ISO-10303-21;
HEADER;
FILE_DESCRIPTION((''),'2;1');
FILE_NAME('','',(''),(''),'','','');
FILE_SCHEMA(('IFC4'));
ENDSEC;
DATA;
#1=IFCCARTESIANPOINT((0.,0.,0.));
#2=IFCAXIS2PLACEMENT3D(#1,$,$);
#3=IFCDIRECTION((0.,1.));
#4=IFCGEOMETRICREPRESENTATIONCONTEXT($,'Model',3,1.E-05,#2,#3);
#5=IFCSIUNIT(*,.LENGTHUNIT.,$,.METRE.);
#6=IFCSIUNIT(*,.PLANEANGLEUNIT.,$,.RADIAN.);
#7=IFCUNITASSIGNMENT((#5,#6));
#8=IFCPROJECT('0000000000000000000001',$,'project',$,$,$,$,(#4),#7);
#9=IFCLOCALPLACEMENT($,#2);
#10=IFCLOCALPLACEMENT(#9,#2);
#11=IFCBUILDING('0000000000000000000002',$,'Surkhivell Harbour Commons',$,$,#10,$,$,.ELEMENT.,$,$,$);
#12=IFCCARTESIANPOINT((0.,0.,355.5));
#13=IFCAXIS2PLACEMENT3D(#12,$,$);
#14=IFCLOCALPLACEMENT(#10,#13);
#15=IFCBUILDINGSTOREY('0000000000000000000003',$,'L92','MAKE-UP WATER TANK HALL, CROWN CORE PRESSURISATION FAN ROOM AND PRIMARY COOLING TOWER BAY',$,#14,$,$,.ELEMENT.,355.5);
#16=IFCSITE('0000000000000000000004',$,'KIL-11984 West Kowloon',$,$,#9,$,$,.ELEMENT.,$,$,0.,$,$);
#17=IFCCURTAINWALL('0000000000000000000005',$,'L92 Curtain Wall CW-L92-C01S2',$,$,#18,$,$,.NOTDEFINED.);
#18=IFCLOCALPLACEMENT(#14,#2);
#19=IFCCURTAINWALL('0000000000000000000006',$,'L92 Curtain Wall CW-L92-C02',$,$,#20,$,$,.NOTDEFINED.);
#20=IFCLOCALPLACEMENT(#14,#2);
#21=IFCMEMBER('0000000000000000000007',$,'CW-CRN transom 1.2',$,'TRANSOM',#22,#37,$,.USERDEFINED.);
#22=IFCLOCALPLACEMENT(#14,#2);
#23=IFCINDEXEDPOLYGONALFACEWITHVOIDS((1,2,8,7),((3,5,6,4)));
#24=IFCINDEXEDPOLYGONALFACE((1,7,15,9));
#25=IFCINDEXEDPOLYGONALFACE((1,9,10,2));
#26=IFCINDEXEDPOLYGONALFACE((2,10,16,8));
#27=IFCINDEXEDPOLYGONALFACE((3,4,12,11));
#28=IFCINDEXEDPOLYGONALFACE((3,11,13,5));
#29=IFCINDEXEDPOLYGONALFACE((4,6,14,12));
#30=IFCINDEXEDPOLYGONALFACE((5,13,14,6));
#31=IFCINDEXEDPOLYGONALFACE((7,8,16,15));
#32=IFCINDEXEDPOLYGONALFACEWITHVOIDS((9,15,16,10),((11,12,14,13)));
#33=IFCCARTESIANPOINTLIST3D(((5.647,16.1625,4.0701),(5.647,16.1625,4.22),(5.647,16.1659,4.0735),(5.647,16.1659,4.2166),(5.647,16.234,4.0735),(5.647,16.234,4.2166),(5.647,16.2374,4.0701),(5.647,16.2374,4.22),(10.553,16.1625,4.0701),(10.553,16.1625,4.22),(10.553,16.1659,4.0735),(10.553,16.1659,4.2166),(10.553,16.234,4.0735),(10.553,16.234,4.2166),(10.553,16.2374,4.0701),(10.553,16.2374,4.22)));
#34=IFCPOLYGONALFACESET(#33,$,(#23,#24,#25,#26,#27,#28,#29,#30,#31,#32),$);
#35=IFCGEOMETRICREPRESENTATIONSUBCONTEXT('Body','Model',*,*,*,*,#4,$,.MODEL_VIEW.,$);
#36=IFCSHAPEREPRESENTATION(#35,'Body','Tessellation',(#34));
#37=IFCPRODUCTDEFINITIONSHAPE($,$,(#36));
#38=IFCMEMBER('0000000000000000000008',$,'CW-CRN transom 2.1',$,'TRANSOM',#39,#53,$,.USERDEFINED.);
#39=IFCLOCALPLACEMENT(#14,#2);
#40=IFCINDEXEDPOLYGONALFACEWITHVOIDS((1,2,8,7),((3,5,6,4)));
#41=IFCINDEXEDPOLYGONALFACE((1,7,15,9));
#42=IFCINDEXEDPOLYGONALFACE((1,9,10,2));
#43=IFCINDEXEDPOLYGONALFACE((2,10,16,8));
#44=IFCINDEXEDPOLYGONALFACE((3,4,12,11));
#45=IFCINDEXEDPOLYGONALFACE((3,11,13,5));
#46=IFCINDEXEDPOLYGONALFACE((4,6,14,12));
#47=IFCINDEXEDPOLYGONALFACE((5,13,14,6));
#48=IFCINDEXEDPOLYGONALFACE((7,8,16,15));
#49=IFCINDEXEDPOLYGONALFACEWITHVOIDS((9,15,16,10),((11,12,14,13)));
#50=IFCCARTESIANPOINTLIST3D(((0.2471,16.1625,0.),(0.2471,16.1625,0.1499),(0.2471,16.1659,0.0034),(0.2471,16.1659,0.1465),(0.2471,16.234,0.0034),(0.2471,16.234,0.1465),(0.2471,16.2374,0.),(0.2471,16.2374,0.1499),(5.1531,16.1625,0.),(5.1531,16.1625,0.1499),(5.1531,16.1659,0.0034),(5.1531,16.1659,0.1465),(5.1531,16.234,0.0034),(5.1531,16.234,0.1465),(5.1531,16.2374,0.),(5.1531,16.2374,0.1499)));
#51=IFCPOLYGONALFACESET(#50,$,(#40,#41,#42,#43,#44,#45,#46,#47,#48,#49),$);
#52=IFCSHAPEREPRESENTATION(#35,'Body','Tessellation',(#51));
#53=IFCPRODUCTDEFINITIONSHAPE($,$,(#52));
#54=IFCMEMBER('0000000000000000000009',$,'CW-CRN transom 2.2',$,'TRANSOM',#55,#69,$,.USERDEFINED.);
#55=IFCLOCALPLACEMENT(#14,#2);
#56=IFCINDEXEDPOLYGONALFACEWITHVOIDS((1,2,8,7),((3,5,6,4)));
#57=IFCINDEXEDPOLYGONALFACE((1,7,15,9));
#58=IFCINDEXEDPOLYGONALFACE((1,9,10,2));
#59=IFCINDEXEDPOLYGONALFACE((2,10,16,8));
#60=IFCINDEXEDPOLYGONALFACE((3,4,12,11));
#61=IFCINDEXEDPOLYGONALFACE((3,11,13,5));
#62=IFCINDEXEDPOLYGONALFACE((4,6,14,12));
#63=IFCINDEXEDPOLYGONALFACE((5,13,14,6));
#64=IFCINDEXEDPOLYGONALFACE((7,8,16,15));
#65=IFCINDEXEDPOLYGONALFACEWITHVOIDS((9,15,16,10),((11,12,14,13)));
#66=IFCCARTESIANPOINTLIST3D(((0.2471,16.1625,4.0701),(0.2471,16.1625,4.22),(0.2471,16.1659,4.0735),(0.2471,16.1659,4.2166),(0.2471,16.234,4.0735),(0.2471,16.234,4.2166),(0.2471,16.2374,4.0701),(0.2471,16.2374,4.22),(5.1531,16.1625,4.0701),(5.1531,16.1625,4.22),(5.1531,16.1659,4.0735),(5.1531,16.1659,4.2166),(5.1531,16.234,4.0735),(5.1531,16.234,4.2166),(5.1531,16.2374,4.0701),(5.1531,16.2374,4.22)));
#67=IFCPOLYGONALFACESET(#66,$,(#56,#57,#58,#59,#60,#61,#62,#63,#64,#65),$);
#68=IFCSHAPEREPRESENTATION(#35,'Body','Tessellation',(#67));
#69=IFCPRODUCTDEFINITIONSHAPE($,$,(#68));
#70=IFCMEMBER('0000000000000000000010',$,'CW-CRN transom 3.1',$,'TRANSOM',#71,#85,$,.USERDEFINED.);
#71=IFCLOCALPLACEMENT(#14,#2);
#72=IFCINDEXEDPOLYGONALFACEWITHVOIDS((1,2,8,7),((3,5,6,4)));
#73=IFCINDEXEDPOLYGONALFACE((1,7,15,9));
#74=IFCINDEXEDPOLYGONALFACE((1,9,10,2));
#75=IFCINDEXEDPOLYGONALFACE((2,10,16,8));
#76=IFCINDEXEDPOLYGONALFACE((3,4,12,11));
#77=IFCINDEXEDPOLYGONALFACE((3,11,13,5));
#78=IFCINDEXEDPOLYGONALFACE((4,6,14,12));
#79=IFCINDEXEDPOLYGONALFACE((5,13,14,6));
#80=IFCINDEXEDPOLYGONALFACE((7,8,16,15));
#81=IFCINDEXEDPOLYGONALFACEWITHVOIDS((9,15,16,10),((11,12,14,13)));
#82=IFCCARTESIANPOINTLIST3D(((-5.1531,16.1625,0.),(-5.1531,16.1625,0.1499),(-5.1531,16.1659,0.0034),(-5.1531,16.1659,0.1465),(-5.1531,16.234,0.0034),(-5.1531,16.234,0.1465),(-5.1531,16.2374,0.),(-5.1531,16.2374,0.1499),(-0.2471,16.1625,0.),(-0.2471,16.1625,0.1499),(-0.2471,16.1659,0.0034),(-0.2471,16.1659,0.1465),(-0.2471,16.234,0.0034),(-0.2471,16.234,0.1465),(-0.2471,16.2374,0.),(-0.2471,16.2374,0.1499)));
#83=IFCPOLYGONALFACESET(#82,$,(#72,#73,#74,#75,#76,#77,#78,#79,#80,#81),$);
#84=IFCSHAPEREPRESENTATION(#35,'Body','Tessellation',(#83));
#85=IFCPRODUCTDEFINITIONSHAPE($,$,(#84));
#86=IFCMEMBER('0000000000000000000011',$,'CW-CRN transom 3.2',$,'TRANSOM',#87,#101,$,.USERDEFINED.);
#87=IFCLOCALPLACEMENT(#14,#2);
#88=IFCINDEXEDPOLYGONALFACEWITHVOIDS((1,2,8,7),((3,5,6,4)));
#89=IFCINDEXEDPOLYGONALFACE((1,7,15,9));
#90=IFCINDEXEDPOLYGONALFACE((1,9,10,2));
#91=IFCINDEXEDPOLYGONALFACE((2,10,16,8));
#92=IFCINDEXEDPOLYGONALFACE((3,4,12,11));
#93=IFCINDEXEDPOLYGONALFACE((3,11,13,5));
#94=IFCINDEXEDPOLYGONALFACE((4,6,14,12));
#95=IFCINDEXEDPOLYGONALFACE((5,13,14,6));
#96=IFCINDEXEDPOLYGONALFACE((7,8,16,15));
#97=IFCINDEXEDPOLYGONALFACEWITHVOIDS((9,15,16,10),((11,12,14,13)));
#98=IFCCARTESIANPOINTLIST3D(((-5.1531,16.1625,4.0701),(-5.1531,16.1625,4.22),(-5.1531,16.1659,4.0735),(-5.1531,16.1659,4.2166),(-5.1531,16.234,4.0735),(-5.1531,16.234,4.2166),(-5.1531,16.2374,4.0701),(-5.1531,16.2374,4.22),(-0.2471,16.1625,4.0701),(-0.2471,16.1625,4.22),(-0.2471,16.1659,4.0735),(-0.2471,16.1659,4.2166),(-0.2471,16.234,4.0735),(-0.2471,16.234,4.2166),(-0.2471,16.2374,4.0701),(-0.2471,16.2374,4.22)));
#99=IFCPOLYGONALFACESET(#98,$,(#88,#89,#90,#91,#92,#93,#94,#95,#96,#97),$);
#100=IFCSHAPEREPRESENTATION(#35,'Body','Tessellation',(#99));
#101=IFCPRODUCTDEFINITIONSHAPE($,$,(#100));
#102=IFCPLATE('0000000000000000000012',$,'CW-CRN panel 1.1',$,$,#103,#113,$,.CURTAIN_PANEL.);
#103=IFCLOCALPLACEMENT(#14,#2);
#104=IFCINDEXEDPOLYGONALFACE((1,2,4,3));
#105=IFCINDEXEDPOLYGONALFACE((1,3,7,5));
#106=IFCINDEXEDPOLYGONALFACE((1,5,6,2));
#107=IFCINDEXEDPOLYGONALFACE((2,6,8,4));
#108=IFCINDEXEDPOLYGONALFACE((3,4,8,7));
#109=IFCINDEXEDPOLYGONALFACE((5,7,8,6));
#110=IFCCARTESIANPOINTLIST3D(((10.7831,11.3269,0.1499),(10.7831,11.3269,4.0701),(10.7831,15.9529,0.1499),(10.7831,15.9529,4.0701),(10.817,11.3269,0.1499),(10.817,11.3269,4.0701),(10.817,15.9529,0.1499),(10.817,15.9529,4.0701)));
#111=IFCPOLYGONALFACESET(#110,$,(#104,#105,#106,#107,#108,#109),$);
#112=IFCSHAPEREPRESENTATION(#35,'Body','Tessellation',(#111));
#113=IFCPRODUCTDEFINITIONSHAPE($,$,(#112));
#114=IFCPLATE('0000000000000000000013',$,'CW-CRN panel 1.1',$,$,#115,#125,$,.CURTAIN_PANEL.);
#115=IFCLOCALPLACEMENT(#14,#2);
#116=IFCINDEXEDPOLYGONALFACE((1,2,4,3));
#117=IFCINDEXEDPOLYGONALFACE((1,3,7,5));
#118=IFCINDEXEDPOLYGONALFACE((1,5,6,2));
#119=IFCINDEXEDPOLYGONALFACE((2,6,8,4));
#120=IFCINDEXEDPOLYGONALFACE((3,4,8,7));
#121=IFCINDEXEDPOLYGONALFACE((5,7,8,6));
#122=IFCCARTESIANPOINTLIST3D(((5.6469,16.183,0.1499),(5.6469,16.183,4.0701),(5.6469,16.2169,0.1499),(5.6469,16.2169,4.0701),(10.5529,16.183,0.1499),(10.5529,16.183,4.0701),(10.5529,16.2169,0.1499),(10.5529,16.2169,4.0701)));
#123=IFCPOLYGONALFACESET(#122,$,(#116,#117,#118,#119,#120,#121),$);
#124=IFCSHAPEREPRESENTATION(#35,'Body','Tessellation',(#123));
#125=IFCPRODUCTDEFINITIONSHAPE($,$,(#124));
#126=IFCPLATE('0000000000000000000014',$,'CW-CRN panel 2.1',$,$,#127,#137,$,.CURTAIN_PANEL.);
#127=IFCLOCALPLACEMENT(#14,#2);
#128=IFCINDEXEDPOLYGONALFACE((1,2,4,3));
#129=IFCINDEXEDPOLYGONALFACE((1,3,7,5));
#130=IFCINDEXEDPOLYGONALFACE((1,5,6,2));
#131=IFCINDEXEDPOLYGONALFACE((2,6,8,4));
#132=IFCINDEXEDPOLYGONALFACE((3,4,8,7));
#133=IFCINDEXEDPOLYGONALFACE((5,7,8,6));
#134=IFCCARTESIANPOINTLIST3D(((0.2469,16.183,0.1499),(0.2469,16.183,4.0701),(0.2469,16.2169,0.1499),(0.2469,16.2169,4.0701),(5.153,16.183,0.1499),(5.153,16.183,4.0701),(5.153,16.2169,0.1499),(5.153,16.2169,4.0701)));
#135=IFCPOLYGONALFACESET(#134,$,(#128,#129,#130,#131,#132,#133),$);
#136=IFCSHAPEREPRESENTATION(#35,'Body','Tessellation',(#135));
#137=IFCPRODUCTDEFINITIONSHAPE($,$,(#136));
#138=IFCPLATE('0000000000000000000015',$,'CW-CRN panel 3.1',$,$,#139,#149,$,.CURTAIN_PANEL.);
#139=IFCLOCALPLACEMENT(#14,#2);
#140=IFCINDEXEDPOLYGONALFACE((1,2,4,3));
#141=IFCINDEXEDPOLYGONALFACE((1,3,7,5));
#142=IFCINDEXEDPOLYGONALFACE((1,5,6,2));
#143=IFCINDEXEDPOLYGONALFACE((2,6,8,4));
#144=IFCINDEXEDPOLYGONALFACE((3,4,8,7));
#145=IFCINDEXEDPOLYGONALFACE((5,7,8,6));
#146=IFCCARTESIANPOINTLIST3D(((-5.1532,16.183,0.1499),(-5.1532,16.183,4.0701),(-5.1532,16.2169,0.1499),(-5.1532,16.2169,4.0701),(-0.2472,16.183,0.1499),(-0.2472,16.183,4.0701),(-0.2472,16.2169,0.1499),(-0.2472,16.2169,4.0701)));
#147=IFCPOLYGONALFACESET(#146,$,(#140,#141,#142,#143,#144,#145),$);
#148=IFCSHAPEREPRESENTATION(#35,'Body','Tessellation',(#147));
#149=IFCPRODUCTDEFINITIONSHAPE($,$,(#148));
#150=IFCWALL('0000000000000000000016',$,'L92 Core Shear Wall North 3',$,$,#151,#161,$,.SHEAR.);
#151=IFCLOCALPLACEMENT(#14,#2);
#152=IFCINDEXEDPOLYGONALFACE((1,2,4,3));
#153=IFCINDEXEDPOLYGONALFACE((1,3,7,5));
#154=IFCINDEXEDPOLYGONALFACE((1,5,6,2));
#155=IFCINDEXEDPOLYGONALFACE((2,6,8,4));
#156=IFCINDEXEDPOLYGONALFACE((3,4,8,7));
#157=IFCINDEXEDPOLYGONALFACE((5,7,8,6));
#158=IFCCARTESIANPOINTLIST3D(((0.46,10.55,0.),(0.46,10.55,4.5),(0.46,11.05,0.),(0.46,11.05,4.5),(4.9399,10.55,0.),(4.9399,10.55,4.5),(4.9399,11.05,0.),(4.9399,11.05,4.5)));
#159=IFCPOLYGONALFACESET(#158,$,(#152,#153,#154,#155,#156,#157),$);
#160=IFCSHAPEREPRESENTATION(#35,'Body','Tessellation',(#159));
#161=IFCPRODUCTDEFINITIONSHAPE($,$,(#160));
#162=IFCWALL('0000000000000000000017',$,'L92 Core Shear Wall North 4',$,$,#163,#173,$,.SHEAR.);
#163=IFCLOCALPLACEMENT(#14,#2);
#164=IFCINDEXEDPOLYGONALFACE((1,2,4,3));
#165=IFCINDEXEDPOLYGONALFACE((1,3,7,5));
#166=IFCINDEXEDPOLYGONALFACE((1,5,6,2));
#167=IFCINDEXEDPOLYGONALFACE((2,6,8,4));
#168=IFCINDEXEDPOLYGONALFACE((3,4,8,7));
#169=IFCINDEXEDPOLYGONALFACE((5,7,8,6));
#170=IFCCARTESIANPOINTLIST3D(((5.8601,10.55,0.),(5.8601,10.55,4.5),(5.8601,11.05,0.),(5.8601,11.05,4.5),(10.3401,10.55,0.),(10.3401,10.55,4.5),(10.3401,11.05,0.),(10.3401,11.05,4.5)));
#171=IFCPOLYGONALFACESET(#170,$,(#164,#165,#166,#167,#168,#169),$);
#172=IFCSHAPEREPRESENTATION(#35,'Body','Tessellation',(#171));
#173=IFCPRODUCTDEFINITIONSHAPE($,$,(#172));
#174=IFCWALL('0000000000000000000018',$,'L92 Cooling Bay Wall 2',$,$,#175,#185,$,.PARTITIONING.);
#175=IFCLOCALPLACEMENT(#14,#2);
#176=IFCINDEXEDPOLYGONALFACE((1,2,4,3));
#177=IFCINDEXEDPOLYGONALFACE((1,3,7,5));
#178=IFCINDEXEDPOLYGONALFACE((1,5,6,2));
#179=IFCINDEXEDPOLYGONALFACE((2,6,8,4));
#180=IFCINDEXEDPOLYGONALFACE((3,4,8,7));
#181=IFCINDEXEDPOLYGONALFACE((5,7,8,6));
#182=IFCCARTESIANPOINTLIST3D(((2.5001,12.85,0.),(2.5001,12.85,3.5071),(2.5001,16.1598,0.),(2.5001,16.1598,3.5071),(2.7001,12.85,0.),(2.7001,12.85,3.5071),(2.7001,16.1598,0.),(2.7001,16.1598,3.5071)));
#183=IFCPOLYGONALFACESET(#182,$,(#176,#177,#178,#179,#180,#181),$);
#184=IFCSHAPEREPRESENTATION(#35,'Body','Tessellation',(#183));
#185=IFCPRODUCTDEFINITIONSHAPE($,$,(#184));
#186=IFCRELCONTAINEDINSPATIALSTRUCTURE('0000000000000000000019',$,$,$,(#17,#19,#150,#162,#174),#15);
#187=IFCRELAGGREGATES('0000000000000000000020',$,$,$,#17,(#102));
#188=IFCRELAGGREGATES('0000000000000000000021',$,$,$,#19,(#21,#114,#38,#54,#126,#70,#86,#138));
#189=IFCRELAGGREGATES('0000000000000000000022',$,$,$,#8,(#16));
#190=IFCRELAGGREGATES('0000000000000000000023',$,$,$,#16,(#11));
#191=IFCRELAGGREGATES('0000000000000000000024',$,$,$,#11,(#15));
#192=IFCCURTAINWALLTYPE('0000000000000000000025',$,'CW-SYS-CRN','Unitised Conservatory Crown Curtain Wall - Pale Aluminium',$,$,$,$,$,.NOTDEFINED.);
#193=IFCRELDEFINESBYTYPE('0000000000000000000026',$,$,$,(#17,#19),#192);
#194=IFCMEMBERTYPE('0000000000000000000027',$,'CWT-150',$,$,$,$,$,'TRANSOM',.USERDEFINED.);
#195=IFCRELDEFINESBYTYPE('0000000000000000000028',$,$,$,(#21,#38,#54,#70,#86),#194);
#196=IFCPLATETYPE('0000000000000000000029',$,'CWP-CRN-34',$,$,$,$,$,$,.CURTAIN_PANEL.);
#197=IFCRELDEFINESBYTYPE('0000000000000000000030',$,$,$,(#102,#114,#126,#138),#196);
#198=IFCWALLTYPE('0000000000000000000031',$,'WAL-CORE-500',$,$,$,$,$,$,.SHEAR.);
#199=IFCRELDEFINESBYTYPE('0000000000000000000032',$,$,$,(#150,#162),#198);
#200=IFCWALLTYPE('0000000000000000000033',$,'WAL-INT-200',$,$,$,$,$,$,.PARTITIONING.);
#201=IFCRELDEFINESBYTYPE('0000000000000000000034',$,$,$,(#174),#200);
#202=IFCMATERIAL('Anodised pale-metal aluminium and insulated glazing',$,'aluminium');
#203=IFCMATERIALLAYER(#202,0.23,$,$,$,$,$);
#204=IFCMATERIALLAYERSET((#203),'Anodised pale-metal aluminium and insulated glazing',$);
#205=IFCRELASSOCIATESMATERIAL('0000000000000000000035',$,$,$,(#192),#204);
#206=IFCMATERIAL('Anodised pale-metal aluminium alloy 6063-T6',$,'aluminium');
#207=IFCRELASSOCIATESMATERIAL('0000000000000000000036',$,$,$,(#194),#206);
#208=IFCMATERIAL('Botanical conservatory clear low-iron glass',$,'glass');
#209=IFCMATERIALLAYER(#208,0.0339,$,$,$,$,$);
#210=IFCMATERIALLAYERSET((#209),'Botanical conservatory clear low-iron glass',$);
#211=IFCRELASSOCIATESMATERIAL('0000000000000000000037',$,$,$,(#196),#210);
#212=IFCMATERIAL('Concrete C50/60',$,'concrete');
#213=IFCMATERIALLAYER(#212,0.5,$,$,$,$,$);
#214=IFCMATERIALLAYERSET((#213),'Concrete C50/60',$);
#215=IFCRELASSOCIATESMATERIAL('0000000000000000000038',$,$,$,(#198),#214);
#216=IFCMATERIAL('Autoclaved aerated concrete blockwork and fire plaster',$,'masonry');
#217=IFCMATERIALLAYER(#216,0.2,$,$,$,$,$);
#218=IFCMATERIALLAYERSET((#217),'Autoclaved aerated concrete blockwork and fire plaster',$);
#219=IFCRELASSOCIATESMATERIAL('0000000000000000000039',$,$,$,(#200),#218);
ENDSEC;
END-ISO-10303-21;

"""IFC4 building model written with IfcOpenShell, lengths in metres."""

from ifc_helpers import new_model, si_unit, direction, frame, frame_2d, origin, origin_2d, place, context, subcontext, project, spatial, rectangle, hollow_rectangle, extrude, material, layer, layer_set, material_profile, profile_set, type_object, element, aggregate, save


model = new_model("IFC4")

# Units and contexts
model_context = context("Model", 3, precision=1e-05, world=origin(), true_north=direction((0.0, 1.0)))
body_context = subcontext(model_context, "Body", "Model", "MODEL_VIEW")
ifc_project = project(units=[si_unit("LENGTHUNIT", "METRE"), si_unit("PLANEANGLEUNIT", "RADIAN")], contexts=[model_context])

# Site, building, storey
site_placement = place(None, origin())
site = spatial("IfcSite", under=ifc_project, at=site_placement, Name="KIL-11984 West Kowloon", CompositionType="ELEMENT", RefElevation=0.0)
building_placement = place(site_placement, origin())
building = spatial("IfcBuilding", under=site, at=building_placement, Name="Surkhivell Harbour Commons", CompositionType="ELEMENT")
storey_placement = place(building_placement, frame((0.0, 0.0, 355.5)))
storey = spatial("IfcBuildingStorey", under=building, at=storey_placement, Name="L92", Description="MAKE-UP WATER TANK HALL, CROWN CORE PRESSURISATION FAN ROOM AND PRIMARY COOLING TOWER BAY", CompositionType="ELEMENT", Elevation=355.5)

# Curtain walls
ifc_material_1 = material(Name="Anodised pale-metal aluminium and insulated glazing", Category="aluminium")
ifc_layer_1 = layer(ifc_material_1, 0.23)
ifc_layer_set_1 = layer_set([ifc_layer_1], Name="Anodised pale-metal aluminium and insulated glazing")
curtain_wall_type = type_object("IfcCurtainWallType", Name="CW-SYS-CRN", Description="Unitised Conservatory Crown Curtain Wall - Pale Aluminium", PredefinedType="NOTDEFINED", material=ifc_layer_set_1)
curtain_wall_1_placement = place(storey_placement, origin())
curtain_wall_1 = element("IfcCurtainWall", 1, at=curtain_wall_1_placement, inside=storey, type_object=curtain_wall_type, Name="L92 Curtain Wall CW-L92-C01S2", PredefinedType="NOTDEFINED")
ifc_material_2 = material(Name="Anodised pale-metal aluminium alloy 6063-T6", Category="aluminium")
curtain_wall_2_placement = place(storey_placement, origin())
curtain_wall_2 = element("IfcCurtainWall", 2, at=curtain_wall_2_placement, inside=storey, type_object=curtain_wall_type, Name="L92 Curtain Wall CW-L92-C02", PredefinedType="NOTDEFINED")

# Members
ifc_material_profile_1 = material_profile(ifc_material_2, hollow_rectangle(XDim=0.075, YDim=0.1499, WallThickness=0.0034, at=origin_2d()), Name="ALU-TRAN-75x150")
ifc_profile_set_1 = profile_set([ifc_material_profile_1], Name="Anodised pale-metal aluminium alloy 6063-T6")
member_type_1 = type_object("IfcMemberType", Name="CWT-150", ElementType="TRANSOM", PredefinedType="USERDEFINED", material=ifc_profile_set_1)
member_1_placement = place(storey_placement, frame((10.553, 16.2, 4.145), z_axis=(-1.0, 0.0, 0.0), x_axis=(0.0, -1.0, 0.0)))
member_1 = element("IfcMember", 3, at=member_1_placement, type_object=member_type_1, Name="CW-CRN transom 1.2", ObjectType="TRANSOM", PredefinedType="USERDEFINED", context=body_context, shape_type="SweptSolid", body=[
    extrude(hollow_rectangle(XDim=0.075, YDim=0.1499, WallThickness=0.0034, at=origin_2d()), origin(), (0.0, 0.0, 1.0), 4.906),
])
member_2_placement = place(storey_placement, frame((5.1531, 16.2, 0.075), z_axis=(-1.0, 0.0, 0.0), x_axis=(0.0, -1.0, 0.0)))
member_2 = element("IfcMember", 4, at=member_2_placement, type_object=member_type_1, Name="CW-CRN transom 2.1", ObjectType="TRANSOM", PredefinedType="USERDEFINED", context=body_context, shape_type="SweptSolid", body=[
    extrude(hollow_rectangle(XDim=0.075, YDim=0.1499, WallThickness=0.0034, at=origin_2d()), origin(), (0.0, 0.0, 1.0), 4.906),
])
member_3_placement = place(storey_placement, frame((5.1531, 16.2, 4.145), z_axis=(-1.0, 0.0, 0.0), x_axis=(0.0, -1.0, 0.0)))
member_3 = element("IfcMember", 5, at=member_3_placement, type_object=member_type_1, Name="CW-CRN transom 2.2", ObjectType="TRANSOM", PredefinedType="USERDEFINED", context=body_context, shape_type="SweptSolid", body=[
    extrude(hollow_rectangle(XDim=0.075, YDim=0.1499, WallThickness=0.0034, at=origin_2d()), origin(), (0.0, 0.0, 1.0), 4.906),
])
member_4_placement = place(storey_placement, frame((-0.2471, 16.2, 0.075), z_axis=(-1.0, 0.0, 0.0), x_axis=(0.0, -1.0, 0.0)))
member_4 = element("IfcMember", 6, at=member_4_placement, type_object=member_type_1, Name="CW-CRN transom 3.1", ObjectType="TRANSOM", PredefinedType="USERDEFINED", context=body_context, shape_type="SweptSolid", body=[
    extrude(hollow_rectangle(XDim=0.075, YDim=0.1499, WallThickness=0.0034, at=origin_2d()), origin(), (0.0, 0.0, 1.0), 4.906),
])
member_5_placement = place(storey_placement, frame((-0.2471, 16.2, 4.145), z_axis=(-1.0, 0.0, 0.0), x_axis=(0.0, -1.0, 0.0)))
member_5 = element("IfcMember", 7, at=member_5_placement, type_object=member_type_1, Name="CW-CRN transom 3.2", ObjectType="TRANSOM", PredefinedType="USERDEFINED", context=body_context, shape_type="SweptSolid", body=[
    extrude(hollow_rectangle(XDim=0.075, YDim=0.1499, WallThickness=0.0034, at=origin_2d()), origin(), (0.0, 0.0, 1.0), 4.906),
])

# Plates
ifc_material_3 = material(Name="Botanical conservatory clear low-iron glass", Category="glass")
ifc_layer_2 = layer(ifc_material_3, 0.0339)
ifc_layer_set_2 = layer_set([ifc_layer_2], Name="Botanical conservatory clear low-iron glass")
plate_type = type_object("IfcPlateType", Name="CWP-CRN-34", PredefinedType="CURTAIN_PANEL", material=ifc_layer_set_2)
plate_1_placement = place(storey_placement, frame((10.8, 11.3269, 0.1499), z_axis=(0.0, 0.0, 1.0), x_axis=(0.0, 1.0, 0.0)))
plate_1 = element("IfcPlate", 8, at=plate_1_placement, type_object=plate_type, Name="CW-CRN panel 1.1", PredefinedType="CURTAIN_PANEL", context=body_context, shape_type="SweptSolid", body=[
    extrude(rectangle(XDim=4.626, YDim=0.0339, at=frame_2d((2.313, 0.0))), origin(), (0.0, 0.0, 1.0), 3.9202),
])
aggregate(curtain_wall_1, [plate_1])
plate_2_placement = place(storey_placement, frame((10.553, 16.2, 0.1499), z_axis=(0.0, 0.0, 1.0), x_axis=(-1.0, 0.0, 0.0)))
plate_2 = element("IfcPlate", 9, at=plate_2_placement, type_object=plate_type, Name="CW-CRN panel 1.1", PredefinedType="CURTAIN_PANEL", context=body_context, shape_type="SweptSolid", body=[
    extrude(rectangle(XDim=4.906, YDim=0.0339, at=frame_2d((2.4531, 0.0))), origin(), (0.0, 0.0, 1.0), 3.9202),
])
plate_3_placement = place(storey_placement, frame((5.1531, 16.2, 0.1499), z_axis=(0.0, 0.0, 1.0), x_axis=(-1.0, 0.0, 0.0)))
plate_3 = element("IfcPlate", 10, at=plate_3_placement, type_object=plate_type, Name="CW-CRN panel 2.1", PredefinedType="CURTAIN_PANEL", context=body_context, shape_type="SweptSolid", body=[
    extrude(rectangle(XDim=4.906, YDim=0.0339, at=frame_2d((2.4531, 0.0))), origin(), (0.0, 0.0, 1.0), 3.9202),
])
plate_4_placement = place(storey_placement, frame((-0.2471, 16.2, 0.1499), z_axis=(0.0, 0.0, 1.0), x_axis=(-1.0, 0.0, 0.0)))
plate_4 = element("IfcPlate", 11, at=plate_4_placement, type_object=plate_type, Name="CW-CRN panel 3.1", PredefinedType="CURTAIN_PANEL", context=body_context, shape_type="SweptSolid", body=[
    extrude(rectangle(XDim=4.906, YDim=0.0339, at=frame_2d((2.4531, 0.0))), origin(), (0.0, 0.0, 1.0), 3.9202),
])
aggregate(curtain_wall_2, [member_1, plate_2, member_2, member_3, plate_3, member_4, member_5, plate_4])

# Walls
ifc_material_4 = material(Name="Concrete C50/60", Category="concrete")
ifc_layer_3 = layer(ifc_material_4, 0.5)
ifc_layer_set_3 = layer_set([ifc_layer_3], Name="Concrete C50/60")
wall_type_1 = type_object("IfcWallType", Name="WAL-CORE-500", PredefinedType="SHEAR", material=ifc_layer_set_3)
for number, where, z_axis, x_axis, name in (
    (12, (0.46, 10.8, 0.0), (0.0, 0.0, 1.0), (1.0, 0.0, 0.0), "L92 Core Shear Wall North 3"),
    (13, (5.8601, 10.8, 0.0), (0.0, 0.0, 1.0), (1.0, 0.0, 0.0), "L92 Core Shear Wall North 4"),
):
    element("IfcWall", number, at=place(storey_placement, frame(where, z_axis=z_axis, x_axis=x_axis)), inside=storey, type_object=wall_type_1, Name=name, PredefinedType="SHEAR", context=body_context, shape_type="SweptSolid", body=[
        extrude(rectangle(XDim=4.48, YDim=0.5, at=frame_2d((2.24, 0.0))), origin(), (0.0, 0.0, 1.0), 4.5),
    ])
ifc_material_5 = material(Name="Autoclaved aerated concrete blockwork and fire plaster", Category="masonry")
ifc_layer_4 = layer(ifc_material_5, 0.2)
ifc_layer_set_4 = layer_set([ifc_layer_4], Name="Autoclaved aerated concrete blockwork and fire plaster")
wall_type_2 = type_object("IfcWallType", Name="WAL-INT-200", PredefinedType="PARTITIONING", material=ifc_layer_set_4)
wall_1_placement = place(storey_placement, frame((2.6001, 12.8501, 0.0), z_axis=(0.0, 0.0, 1.0), x_axis=(0.0, 1.0, 0.0)))
element("IfcWall", 14, at=wall_1_placement, inside=storey, type_object=wall_type_2, Name="L92 Cooling Bay Wall 2", PredefinedType="PARTITIONING", context=body_context, shape_type="SweptSolid", body=[
    extrude(rectangle(XDim=3.3098, YDim=0.2, at=frame_2d((1.6548, 0.0))), origin(), (0.0, 0.0, 1.0), 3.5071),
])

save(model, "model.ifc")
